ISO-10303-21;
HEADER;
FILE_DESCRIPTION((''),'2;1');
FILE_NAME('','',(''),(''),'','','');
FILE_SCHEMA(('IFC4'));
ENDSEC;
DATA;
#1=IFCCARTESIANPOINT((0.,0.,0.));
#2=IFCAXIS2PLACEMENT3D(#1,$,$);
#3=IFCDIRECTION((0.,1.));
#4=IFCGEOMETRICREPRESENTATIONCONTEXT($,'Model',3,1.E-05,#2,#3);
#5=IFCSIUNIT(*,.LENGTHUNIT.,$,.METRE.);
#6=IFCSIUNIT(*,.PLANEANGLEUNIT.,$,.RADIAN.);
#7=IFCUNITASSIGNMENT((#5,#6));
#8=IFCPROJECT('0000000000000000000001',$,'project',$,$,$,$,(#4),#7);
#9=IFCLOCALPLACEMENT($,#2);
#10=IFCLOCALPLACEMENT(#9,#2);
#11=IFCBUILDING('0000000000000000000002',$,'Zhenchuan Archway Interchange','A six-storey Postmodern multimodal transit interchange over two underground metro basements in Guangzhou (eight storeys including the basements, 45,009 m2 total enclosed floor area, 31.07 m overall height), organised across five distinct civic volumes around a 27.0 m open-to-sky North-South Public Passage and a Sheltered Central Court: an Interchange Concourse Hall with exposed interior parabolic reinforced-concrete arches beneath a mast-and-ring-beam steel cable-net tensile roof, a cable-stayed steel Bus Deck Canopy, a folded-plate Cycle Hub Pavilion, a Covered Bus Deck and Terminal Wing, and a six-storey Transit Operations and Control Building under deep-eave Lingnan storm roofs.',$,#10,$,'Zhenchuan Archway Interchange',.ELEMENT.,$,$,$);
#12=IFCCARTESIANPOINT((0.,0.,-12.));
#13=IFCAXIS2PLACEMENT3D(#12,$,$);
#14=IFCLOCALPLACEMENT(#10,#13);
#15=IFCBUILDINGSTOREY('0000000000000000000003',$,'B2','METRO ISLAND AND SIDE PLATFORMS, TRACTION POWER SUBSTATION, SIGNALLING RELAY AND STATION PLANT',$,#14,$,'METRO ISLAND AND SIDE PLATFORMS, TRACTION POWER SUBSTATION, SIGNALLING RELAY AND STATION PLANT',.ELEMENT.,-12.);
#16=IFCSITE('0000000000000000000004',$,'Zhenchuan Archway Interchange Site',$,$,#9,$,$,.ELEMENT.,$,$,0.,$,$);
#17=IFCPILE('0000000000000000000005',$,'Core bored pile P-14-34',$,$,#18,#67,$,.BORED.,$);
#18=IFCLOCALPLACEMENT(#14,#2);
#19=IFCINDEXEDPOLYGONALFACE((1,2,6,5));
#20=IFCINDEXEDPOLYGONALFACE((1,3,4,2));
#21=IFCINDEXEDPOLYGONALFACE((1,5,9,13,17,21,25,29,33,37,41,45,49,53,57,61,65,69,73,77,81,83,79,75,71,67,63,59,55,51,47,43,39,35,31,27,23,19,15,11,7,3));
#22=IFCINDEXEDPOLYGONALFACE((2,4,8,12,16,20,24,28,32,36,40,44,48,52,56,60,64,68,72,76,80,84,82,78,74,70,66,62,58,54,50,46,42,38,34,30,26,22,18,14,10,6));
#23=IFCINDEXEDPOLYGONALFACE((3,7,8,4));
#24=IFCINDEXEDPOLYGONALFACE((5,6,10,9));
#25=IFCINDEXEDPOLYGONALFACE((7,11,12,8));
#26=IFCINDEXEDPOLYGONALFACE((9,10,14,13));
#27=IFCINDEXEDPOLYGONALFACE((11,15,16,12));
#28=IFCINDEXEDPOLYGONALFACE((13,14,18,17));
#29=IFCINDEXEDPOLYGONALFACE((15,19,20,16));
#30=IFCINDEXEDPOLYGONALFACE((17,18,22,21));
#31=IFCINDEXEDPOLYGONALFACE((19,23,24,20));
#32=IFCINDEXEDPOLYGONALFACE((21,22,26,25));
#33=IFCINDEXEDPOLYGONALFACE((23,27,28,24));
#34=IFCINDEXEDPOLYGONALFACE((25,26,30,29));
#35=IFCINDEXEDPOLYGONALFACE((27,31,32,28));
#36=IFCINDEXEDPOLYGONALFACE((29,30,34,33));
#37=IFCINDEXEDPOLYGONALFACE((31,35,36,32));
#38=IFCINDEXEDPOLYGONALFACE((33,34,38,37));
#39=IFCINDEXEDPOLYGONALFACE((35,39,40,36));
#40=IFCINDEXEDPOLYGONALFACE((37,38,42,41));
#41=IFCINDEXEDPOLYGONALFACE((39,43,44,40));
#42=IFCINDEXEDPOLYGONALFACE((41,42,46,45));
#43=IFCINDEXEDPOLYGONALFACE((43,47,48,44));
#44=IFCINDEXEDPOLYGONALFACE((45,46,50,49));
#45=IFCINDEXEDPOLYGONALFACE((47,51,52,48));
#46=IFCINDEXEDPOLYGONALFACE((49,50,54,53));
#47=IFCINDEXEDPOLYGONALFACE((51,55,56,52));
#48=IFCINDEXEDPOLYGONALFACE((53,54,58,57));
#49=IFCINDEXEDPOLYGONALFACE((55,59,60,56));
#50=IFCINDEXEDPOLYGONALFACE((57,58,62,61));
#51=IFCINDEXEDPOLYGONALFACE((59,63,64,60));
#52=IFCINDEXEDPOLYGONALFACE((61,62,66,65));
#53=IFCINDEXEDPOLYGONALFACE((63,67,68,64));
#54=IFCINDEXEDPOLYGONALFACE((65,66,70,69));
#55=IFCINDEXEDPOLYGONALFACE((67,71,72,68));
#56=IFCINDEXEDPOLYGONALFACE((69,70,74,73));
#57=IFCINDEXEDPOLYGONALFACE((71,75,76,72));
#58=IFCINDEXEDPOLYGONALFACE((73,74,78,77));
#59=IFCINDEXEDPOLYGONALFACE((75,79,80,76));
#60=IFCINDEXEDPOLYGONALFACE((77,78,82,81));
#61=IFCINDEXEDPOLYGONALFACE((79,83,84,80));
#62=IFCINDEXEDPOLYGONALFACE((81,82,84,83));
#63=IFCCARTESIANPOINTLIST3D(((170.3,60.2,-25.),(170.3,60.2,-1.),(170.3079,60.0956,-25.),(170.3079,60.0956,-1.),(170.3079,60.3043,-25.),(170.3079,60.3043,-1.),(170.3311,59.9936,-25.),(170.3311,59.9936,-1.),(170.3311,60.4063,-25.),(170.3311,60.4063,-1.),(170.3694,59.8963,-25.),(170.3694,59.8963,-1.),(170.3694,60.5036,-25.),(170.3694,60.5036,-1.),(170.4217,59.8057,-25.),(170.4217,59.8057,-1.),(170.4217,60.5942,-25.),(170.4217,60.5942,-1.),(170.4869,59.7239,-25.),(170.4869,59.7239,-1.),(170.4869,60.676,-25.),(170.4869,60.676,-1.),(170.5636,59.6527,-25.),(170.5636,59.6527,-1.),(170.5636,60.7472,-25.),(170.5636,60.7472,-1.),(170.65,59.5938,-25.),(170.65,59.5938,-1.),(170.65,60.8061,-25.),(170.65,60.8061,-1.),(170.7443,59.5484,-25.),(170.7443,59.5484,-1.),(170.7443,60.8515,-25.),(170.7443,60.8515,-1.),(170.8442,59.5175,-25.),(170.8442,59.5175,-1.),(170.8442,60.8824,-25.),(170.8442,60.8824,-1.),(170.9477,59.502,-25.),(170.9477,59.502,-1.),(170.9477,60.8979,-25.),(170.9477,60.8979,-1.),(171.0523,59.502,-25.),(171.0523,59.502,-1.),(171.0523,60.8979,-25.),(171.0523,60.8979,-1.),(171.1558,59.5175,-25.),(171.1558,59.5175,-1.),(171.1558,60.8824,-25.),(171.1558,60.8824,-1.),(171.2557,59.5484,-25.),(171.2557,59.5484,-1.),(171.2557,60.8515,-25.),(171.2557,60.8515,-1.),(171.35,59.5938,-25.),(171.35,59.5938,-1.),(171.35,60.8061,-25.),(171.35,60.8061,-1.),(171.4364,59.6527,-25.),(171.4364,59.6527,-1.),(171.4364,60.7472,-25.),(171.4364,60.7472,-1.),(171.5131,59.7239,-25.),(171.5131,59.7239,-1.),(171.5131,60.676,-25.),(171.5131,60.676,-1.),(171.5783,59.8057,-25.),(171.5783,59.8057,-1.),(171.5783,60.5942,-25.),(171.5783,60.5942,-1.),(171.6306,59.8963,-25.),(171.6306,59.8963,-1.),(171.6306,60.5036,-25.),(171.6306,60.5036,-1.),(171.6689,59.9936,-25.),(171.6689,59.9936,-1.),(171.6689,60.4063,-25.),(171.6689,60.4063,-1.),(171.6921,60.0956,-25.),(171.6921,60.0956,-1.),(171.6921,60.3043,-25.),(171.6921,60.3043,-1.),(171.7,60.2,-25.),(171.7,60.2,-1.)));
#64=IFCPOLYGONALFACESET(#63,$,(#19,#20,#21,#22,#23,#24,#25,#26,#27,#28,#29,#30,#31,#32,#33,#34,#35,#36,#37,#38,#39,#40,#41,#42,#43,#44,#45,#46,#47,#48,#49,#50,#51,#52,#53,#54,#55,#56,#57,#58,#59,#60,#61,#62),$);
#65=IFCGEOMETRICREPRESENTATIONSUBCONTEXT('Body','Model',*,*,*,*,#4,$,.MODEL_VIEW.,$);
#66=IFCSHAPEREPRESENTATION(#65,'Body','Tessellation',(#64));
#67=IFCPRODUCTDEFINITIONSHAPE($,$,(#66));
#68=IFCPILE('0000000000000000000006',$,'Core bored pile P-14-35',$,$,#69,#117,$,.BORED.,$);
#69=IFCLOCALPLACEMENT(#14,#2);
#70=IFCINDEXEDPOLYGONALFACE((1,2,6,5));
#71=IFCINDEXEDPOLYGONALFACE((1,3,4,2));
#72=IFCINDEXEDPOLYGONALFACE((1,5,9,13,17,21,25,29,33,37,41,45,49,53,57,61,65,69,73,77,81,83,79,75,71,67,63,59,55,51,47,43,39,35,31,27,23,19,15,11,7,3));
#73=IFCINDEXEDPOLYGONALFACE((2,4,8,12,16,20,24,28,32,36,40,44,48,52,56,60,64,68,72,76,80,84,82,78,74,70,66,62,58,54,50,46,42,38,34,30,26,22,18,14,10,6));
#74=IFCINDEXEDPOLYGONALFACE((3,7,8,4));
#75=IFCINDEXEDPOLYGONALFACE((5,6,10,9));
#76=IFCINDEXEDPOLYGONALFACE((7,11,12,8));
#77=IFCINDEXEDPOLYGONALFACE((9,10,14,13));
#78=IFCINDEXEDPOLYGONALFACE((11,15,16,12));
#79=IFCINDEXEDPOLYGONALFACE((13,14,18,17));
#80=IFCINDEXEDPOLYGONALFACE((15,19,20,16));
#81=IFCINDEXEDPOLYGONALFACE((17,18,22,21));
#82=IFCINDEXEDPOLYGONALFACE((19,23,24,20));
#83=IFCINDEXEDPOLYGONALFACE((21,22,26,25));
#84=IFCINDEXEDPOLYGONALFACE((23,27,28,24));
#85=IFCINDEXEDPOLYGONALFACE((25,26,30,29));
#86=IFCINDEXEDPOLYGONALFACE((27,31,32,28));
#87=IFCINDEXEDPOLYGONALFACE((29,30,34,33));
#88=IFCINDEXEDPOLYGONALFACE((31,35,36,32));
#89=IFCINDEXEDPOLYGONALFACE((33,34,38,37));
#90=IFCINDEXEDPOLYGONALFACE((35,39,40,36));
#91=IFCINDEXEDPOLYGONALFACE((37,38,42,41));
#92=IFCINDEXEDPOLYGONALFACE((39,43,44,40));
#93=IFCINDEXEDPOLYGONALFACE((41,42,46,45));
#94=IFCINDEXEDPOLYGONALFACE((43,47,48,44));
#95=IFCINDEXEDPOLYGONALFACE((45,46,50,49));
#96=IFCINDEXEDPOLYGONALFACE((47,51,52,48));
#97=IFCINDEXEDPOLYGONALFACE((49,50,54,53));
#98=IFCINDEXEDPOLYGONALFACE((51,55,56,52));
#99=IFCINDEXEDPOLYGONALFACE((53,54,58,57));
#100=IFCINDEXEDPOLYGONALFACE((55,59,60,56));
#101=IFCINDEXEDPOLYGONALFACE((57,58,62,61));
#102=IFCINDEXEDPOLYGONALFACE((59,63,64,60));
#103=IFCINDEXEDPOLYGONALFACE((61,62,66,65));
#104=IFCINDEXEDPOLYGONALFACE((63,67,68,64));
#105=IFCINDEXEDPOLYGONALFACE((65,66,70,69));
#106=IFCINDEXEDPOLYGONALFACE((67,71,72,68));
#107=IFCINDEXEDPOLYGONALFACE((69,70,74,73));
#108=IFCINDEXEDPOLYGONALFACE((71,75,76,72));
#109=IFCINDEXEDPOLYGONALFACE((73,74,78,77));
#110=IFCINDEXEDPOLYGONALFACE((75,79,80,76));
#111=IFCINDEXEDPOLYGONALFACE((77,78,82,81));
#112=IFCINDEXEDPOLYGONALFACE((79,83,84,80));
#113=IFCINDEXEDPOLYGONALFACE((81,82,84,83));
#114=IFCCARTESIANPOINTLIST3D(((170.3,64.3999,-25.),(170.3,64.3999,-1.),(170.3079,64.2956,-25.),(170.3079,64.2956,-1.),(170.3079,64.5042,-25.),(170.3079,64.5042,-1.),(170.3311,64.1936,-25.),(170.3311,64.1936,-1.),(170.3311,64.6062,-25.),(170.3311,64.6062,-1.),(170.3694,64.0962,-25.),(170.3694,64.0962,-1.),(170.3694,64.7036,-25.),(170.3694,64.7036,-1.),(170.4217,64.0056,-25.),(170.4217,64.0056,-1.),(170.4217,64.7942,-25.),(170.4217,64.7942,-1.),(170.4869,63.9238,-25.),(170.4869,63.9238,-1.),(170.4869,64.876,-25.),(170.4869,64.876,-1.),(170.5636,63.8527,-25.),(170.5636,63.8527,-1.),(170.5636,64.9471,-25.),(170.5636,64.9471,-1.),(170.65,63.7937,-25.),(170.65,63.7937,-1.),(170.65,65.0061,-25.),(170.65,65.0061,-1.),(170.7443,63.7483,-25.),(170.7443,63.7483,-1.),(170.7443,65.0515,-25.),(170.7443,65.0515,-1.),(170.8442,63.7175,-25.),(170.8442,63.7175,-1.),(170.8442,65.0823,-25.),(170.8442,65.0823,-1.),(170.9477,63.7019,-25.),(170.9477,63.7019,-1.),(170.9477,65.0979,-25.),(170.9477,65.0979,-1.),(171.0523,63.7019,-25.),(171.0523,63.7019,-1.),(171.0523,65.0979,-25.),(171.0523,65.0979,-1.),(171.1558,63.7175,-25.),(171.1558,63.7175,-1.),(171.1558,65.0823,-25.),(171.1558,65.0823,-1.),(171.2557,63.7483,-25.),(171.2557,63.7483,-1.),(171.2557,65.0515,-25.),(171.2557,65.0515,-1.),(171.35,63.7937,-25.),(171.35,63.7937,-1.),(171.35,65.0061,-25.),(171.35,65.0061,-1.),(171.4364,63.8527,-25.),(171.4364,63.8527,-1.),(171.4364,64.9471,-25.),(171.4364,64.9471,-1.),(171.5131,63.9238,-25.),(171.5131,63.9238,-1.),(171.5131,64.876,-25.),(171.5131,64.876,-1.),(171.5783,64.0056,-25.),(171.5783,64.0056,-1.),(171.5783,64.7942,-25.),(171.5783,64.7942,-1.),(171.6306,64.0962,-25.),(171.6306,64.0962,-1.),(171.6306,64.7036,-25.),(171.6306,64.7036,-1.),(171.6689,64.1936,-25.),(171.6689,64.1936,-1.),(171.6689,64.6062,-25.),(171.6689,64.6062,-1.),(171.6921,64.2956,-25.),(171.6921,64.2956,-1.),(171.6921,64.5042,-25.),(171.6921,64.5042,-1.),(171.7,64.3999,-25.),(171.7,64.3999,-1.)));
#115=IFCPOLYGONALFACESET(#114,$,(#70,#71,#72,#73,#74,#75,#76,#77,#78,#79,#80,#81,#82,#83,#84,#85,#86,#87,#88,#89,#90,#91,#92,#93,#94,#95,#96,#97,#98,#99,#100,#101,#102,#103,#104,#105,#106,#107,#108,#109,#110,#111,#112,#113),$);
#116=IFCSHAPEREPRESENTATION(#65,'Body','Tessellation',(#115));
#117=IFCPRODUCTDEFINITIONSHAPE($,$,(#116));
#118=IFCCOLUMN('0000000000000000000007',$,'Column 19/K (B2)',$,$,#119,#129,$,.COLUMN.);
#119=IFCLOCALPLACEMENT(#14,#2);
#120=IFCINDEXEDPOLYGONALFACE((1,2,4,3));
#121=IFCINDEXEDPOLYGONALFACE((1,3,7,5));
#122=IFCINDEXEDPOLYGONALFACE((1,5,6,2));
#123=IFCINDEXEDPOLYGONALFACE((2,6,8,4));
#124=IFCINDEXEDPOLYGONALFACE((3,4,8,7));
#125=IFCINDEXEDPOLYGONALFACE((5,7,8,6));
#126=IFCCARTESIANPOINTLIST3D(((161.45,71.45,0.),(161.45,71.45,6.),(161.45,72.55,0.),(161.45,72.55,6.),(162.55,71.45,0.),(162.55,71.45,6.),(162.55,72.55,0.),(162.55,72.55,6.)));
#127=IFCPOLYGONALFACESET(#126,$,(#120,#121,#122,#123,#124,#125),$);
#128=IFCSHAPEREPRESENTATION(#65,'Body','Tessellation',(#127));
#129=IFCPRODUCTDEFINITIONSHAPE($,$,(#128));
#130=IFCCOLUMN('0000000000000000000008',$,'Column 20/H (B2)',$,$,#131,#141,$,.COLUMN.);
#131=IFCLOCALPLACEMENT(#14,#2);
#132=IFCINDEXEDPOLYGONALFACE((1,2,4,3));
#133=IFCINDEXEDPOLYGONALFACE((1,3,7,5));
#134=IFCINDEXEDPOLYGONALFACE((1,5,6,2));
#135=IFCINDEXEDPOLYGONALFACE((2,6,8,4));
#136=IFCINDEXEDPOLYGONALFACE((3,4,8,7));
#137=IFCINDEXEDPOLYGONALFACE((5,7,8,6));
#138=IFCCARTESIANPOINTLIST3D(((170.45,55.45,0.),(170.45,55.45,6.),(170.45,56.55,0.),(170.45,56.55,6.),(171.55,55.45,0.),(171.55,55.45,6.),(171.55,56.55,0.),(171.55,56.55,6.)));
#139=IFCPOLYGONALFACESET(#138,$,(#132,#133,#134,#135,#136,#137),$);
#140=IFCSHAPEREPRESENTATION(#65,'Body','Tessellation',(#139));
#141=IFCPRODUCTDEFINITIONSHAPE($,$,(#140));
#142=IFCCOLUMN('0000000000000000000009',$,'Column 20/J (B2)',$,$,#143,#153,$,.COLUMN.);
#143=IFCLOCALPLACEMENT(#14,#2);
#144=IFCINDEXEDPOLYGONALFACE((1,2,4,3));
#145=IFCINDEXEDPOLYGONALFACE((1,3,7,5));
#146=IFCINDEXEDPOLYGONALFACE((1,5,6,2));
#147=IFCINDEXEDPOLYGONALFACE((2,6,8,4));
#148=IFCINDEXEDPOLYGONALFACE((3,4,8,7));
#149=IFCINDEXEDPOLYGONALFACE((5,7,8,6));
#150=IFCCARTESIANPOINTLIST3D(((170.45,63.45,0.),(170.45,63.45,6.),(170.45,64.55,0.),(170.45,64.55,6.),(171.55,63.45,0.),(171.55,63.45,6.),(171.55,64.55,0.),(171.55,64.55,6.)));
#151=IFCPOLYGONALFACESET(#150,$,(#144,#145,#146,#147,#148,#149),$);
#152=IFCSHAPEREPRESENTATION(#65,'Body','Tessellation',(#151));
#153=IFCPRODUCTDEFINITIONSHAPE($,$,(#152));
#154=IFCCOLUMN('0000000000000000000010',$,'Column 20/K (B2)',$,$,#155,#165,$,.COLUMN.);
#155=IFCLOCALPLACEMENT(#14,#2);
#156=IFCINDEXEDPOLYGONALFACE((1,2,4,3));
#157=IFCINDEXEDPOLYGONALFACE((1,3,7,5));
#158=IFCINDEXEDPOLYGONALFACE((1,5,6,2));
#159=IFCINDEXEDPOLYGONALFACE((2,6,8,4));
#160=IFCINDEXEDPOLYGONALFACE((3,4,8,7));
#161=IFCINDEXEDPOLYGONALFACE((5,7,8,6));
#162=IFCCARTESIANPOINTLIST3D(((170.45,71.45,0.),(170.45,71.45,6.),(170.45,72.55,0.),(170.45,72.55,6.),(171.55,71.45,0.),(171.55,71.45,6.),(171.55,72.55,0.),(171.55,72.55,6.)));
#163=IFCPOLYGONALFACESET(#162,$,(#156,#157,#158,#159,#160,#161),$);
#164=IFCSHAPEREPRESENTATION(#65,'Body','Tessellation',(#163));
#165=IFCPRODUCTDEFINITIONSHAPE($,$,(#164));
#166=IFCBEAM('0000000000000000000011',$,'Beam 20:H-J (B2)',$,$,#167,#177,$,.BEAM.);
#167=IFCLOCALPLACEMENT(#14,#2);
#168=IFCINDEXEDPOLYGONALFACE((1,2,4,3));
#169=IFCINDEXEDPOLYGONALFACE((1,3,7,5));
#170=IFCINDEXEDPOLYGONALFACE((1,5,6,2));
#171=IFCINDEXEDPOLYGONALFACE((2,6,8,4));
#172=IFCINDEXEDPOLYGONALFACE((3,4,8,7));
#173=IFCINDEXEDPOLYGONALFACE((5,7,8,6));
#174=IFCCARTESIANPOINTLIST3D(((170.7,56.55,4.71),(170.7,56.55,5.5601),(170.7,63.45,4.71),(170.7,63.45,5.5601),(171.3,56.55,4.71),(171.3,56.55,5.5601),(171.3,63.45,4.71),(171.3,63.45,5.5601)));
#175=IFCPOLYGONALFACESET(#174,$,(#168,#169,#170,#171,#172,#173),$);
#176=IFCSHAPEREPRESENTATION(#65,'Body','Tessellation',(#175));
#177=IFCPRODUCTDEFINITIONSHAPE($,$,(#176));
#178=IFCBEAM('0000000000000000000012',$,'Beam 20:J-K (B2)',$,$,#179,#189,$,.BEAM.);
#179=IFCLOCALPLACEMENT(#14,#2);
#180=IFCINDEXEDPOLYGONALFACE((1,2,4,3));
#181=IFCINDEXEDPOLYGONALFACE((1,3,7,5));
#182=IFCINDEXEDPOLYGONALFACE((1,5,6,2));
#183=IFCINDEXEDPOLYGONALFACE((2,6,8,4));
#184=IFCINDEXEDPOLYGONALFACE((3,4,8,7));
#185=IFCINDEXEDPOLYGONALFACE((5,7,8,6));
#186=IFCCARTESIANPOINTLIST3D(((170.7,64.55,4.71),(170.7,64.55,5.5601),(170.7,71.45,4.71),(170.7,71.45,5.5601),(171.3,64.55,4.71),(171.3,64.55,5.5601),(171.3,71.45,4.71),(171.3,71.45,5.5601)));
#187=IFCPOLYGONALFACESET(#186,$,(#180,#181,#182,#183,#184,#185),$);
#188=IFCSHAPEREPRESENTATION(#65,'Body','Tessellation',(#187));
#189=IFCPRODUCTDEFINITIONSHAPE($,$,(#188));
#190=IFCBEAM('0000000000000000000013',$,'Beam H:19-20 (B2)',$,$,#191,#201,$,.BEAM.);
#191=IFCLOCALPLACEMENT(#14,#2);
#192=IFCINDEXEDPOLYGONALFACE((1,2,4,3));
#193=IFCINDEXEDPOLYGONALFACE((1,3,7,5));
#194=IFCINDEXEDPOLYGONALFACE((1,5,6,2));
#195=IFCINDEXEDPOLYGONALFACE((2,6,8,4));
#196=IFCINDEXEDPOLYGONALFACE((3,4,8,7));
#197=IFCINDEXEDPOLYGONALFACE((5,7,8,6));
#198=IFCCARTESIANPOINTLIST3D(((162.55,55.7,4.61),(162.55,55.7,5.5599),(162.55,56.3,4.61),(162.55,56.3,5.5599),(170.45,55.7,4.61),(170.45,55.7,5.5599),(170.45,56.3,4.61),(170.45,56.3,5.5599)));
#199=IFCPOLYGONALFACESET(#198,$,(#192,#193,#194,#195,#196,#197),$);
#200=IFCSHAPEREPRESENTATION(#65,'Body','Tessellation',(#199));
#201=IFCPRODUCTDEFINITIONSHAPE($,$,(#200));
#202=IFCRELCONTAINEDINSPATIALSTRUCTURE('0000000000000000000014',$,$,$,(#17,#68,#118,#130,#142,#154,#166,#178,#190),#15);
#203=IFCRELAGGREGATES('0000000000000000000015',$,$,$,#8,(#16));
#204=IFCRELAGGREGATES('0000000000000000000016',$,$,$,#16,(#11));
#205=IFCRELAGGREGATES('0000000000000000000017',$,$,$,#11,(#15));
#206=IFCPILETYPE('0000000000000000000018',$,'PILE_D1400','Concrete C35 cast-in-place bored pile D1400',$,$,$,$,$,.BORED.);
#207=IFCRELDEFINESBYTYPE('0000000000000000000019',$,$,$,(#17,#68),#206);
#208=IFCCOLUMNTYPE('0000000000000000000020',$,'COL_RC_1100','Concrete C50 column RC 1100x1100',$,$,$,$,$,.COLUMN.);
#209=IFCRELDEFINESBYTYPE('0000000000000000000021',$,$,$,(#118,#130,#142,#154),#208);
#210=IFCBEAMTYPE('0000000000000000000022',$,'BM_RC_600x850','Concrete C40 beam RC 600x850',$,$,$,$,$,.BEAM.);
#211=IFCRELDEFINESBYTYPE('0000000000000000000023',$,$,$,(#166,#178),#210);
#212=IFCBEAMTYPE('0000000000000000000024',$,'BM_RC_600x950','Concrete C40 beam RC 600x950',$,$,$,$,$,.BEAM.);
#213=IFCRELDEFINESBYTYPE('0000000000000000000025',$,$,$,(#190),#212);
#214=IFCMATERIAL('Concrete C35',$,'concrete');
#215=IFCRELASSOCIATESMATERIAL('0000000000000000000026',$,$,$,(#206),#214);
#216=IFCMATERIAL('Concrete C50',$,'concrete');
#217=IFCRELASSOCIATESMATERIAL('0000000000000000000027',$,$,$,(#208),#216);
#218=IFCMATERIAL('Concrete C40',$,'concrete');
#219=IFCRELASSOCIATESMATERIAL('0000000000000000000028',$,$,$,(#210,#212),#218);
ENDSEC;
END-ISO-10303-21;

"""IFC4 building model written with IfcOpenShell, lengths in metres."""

from ifc_helpers import new_model, si_unit, direction, frame, origin, origin_2d, place, context, subcontext, project, spatial, rectangle, circle, extrude, material, material_profile, profile_set, type_object, element, save


model = new_model("IFC4")

# Units and contexts
model_context = context("Model", 3, precision=1e-05, world=origin(), true_north=direction((0.0, 1.0)))
body_context = subcontext(model_context, "Body", "Model", "MODEL_VIEW")
ifc_project = project(units=[si_unit("LENGTHUNIT", "METRE"), si_unit("PLANEANGLEUNIT", "RADIAN")], contexts=[model_context])

# Site, building, storey
site_placement = place(None, origin())
site = spatial("IfcSite", under=ifc_project, at=site_placement, Name="Zhenchuan Archway Interchange Site", CompositionType="ELEMENT", RefElevation=0.0)
building_placement = place(site_placement, origin())
building = spatial("IfcBuilding", under=site, at=building_placement, Name="Zhenchuan Archway Interchange", Description="A six-storey Postmodern multimodal transit interchange over two underground metro basements in Guangzhou (eight storeys including the basements, 45,009 m2 total enclosed floor area, 31.07 m overall height), organised across five distinct civic volumes around a 27.0 m open-to-sky North-South Public Passage and a Sheltered Central Court: an Interchange Concourse Hall with exposed interior parabolic reinforced-concrete arches beneath a mast-and-ring-beam steel cable-net tensile roof, a cable-stayed steel Bus Deck Canopy, a folded-plate Cycle Hub Pavilion, a Covered Bus Deck and Terminal Wing, and a six-storey Transit Operations and Control Building under deep-eave Lingnan storm roofs.", LongName="Zhenchuan Archway Interchange", CompositionType="ELEMENT")
storey_placement = place(building_placement, frame((0.0, 0.0, -12.0)))
storey = spatial("IfcBuildingStorey", under=building, at=storey_placement, Name="B2", Description="METRO ISLAND AND SIDE PLATFORMS, TRACTION POWER SUBSTATION, SIGNALLING RELAY AND STATION PLANT", LongName="METRO ISLAND AND SIDE PLATFORMS, TRACTION POWER SUBSTATION, SIGNALLING RELAY AND STATION PLANT", CompositionType="ELEMENT", Elevation=-12.0)

# Shared definitions
ifc_material_1 = material(Name="Concrete C40", Category="concrete")

# Piles
ifc_material_2 = material(Name="Concrete C35", Category="concrete")
ifc_material_profile_1 = material_profile(ifc_material_2, circle(Radius=0.7, at=origin_2d()), Name="BORED PILE 1400")
ifc_profile_set_1 = profile_set([ifc_material_profile_1], Name="Concrete C35")
pile_type_1 = type_object("IfcPileType", Name="PILE_D1400", Description="Concrete C35 cast-in-place bored pile D1400", PredefinedType="BORED", material=ifc_profile_set_1)
for number, where, z_axis, x_axis, name in (
    (1, (171.0, 60.2, -1.0), (0.0, 0.0, -1.0), (1.0, 0.0, 0.0), "Core bored pile P-14-34"),
    (2, (171.0, 64.3999, -1.0), (0.0, 0.0, -1.0), (1.0, 0.0, 0.0), "Core bored pile P-14-35"),
):
    element("IfcPile", number, at=place(storey_placement, frame(where, z_axis=z_axis, x_axis=x_axis)), inside=storey, type_object=pile_type_1, Name=name, PredefinedType="BORED", context=body_context, shape_type="SweptSolid", body=[
        extrude(circle(Radius=0.7, at=origin_2d()), origin(), (0.0, 0.0, 1.0), 24.0),
    ])

# Columns
ifc_material_3 = material(Name="Concrete C50", Category="concrete")
ifc_material_profile_2 = material_profile(ifc_material_3, rectangle(XDim=1.1001, YDim=1.1001, at=origin_2d()), Name="RC 1100x1100")
ifc_profile_set_2 = profile_set([ifc_material_profile_2], Name="Concrete C50")
column_type = type_object("IfcColumnType", Name="COL_RC_1100", Description="Concrete C50 column RC 1100x1100", PredefinedType="COLUMN", material=ifc_profile_set_2)
for number, where, z_axis, x_axis, name in (
    (3, (162.0, 72.0, 0.0), (0.0, 0.0, 1.0), (1.0, 0.0, 0.0), "Column 19/K (B2)"),
    (4, (171.0, 56.0, 0.0), (0.0, 0.0, 1.0), (1.0, 0.0, 0.0), "Column 20/H (B2)"),
    (5, (171.0, 64.0, 0.0), (0.0, 0.0, 1.0), (1.0, 0.0, 0.0), "Column 20/J (B2)"),
    (6, (171.0, 72.0, 0.0), (0.0, 0.0, 1.0), (1.0, 0.0, 0.0), "Column 20/K (B2)"),
):
    element("IfcColumn", number, at=place(storey_placement, frame(where, z_axis=z_axis, x_axis=x_axis)), inside=storey, type_object=column_type, Name=name, PredefinedType="COLUMN", context=body_context, shape_type="SweptSolid", body=[
        extrude(rectangle(XDim=1.1001, YDim=1.1001, at=origin_2d()), origin(), (0.0, 0.0, 1.0), 6.0),
    ])

# Beams
ifc_material_profile_3 = material_profile(ifc_material_1, rectangle(XDim=0.6001, YDim=0.8501, at=origin_2d()), Name="RC 600x850")
ifc_profile_set_3 = profile_set([ifc_material_profile_3], Name="Concrete C40")
beam_type_1 = type_object("IfcBeamType", Name="BM_RC_600x850", Description="Concrete C40 beam RC 600x850", PredefinedType="BEAM", material=ifc_profile_set_3)
for number, where, z_axis, x_axis, name in (
    (7, (171.0, 56.55, 5.135), (0.0, 1.0, 0.0), (-1.0, 0.0, 0.0), "Beam 20:H-J (B2)"),
    (8, (171.0, 64.55, 5.135), (0.0, 1.0, 0.0), (-1.0, 0.0, 0.0), "Beam 20:J-K (B2)"),
):
    element("IfcBeam", number, at=place(storey_placement, frame(where, z_axis=z_axis, x_axis=x_axis)), inside=storey, type_object=beam_type_1, Name=name, PredefinedType="BEAM", context=body_context, shape_type="SweptSolid", body=[
        extrude(rectangle(XDim=0.6001, YDim=0.8501, at=origin_2d()), origin(), (0.0, 0.0, 1.0), 6.8999),
    ])
ifc_material_profile_4 = material_profile(ifc_material_1, rectangle(XDim=0.6001, YDim=0.95, at=origin_2d()), Name="RC 600x950")
ifc_profile_set_4 = profile_set([ifc_material_profile_4], Name="Concrete C40")
beam_type_2 = type_object("IfcBeamType", Name="BM_RC_600x950", Description="Concrete C40 beam RC 600x950", PredefinedType="BEAM", material=ifc_profile_set_4)
for number, where, z_axis, x_axis, name in (
    (9, (162.55, 56.0, 5.085), (1.0, 0.0, 0.0), (0.0, 1.0, 0.0), "Beam H:19-20 (B2)"),
):
    element("IfcBeam", number, at=place(storey_placement, frame(where, z_axis=z_axis, x_axis=x_axis)), inside=storey, type_object=beam_type_2, Name=name, PredefinedType="BEAM", context=body_context, shape_type="SweptSolid", body=[
        extrude(rectangle(XDim=0.6001, YDim=0.95, at=origin_2d()), origin(), (0.0, 0.0, 1.0), 7.8999),
    ])

save(model, "model.ifc")
